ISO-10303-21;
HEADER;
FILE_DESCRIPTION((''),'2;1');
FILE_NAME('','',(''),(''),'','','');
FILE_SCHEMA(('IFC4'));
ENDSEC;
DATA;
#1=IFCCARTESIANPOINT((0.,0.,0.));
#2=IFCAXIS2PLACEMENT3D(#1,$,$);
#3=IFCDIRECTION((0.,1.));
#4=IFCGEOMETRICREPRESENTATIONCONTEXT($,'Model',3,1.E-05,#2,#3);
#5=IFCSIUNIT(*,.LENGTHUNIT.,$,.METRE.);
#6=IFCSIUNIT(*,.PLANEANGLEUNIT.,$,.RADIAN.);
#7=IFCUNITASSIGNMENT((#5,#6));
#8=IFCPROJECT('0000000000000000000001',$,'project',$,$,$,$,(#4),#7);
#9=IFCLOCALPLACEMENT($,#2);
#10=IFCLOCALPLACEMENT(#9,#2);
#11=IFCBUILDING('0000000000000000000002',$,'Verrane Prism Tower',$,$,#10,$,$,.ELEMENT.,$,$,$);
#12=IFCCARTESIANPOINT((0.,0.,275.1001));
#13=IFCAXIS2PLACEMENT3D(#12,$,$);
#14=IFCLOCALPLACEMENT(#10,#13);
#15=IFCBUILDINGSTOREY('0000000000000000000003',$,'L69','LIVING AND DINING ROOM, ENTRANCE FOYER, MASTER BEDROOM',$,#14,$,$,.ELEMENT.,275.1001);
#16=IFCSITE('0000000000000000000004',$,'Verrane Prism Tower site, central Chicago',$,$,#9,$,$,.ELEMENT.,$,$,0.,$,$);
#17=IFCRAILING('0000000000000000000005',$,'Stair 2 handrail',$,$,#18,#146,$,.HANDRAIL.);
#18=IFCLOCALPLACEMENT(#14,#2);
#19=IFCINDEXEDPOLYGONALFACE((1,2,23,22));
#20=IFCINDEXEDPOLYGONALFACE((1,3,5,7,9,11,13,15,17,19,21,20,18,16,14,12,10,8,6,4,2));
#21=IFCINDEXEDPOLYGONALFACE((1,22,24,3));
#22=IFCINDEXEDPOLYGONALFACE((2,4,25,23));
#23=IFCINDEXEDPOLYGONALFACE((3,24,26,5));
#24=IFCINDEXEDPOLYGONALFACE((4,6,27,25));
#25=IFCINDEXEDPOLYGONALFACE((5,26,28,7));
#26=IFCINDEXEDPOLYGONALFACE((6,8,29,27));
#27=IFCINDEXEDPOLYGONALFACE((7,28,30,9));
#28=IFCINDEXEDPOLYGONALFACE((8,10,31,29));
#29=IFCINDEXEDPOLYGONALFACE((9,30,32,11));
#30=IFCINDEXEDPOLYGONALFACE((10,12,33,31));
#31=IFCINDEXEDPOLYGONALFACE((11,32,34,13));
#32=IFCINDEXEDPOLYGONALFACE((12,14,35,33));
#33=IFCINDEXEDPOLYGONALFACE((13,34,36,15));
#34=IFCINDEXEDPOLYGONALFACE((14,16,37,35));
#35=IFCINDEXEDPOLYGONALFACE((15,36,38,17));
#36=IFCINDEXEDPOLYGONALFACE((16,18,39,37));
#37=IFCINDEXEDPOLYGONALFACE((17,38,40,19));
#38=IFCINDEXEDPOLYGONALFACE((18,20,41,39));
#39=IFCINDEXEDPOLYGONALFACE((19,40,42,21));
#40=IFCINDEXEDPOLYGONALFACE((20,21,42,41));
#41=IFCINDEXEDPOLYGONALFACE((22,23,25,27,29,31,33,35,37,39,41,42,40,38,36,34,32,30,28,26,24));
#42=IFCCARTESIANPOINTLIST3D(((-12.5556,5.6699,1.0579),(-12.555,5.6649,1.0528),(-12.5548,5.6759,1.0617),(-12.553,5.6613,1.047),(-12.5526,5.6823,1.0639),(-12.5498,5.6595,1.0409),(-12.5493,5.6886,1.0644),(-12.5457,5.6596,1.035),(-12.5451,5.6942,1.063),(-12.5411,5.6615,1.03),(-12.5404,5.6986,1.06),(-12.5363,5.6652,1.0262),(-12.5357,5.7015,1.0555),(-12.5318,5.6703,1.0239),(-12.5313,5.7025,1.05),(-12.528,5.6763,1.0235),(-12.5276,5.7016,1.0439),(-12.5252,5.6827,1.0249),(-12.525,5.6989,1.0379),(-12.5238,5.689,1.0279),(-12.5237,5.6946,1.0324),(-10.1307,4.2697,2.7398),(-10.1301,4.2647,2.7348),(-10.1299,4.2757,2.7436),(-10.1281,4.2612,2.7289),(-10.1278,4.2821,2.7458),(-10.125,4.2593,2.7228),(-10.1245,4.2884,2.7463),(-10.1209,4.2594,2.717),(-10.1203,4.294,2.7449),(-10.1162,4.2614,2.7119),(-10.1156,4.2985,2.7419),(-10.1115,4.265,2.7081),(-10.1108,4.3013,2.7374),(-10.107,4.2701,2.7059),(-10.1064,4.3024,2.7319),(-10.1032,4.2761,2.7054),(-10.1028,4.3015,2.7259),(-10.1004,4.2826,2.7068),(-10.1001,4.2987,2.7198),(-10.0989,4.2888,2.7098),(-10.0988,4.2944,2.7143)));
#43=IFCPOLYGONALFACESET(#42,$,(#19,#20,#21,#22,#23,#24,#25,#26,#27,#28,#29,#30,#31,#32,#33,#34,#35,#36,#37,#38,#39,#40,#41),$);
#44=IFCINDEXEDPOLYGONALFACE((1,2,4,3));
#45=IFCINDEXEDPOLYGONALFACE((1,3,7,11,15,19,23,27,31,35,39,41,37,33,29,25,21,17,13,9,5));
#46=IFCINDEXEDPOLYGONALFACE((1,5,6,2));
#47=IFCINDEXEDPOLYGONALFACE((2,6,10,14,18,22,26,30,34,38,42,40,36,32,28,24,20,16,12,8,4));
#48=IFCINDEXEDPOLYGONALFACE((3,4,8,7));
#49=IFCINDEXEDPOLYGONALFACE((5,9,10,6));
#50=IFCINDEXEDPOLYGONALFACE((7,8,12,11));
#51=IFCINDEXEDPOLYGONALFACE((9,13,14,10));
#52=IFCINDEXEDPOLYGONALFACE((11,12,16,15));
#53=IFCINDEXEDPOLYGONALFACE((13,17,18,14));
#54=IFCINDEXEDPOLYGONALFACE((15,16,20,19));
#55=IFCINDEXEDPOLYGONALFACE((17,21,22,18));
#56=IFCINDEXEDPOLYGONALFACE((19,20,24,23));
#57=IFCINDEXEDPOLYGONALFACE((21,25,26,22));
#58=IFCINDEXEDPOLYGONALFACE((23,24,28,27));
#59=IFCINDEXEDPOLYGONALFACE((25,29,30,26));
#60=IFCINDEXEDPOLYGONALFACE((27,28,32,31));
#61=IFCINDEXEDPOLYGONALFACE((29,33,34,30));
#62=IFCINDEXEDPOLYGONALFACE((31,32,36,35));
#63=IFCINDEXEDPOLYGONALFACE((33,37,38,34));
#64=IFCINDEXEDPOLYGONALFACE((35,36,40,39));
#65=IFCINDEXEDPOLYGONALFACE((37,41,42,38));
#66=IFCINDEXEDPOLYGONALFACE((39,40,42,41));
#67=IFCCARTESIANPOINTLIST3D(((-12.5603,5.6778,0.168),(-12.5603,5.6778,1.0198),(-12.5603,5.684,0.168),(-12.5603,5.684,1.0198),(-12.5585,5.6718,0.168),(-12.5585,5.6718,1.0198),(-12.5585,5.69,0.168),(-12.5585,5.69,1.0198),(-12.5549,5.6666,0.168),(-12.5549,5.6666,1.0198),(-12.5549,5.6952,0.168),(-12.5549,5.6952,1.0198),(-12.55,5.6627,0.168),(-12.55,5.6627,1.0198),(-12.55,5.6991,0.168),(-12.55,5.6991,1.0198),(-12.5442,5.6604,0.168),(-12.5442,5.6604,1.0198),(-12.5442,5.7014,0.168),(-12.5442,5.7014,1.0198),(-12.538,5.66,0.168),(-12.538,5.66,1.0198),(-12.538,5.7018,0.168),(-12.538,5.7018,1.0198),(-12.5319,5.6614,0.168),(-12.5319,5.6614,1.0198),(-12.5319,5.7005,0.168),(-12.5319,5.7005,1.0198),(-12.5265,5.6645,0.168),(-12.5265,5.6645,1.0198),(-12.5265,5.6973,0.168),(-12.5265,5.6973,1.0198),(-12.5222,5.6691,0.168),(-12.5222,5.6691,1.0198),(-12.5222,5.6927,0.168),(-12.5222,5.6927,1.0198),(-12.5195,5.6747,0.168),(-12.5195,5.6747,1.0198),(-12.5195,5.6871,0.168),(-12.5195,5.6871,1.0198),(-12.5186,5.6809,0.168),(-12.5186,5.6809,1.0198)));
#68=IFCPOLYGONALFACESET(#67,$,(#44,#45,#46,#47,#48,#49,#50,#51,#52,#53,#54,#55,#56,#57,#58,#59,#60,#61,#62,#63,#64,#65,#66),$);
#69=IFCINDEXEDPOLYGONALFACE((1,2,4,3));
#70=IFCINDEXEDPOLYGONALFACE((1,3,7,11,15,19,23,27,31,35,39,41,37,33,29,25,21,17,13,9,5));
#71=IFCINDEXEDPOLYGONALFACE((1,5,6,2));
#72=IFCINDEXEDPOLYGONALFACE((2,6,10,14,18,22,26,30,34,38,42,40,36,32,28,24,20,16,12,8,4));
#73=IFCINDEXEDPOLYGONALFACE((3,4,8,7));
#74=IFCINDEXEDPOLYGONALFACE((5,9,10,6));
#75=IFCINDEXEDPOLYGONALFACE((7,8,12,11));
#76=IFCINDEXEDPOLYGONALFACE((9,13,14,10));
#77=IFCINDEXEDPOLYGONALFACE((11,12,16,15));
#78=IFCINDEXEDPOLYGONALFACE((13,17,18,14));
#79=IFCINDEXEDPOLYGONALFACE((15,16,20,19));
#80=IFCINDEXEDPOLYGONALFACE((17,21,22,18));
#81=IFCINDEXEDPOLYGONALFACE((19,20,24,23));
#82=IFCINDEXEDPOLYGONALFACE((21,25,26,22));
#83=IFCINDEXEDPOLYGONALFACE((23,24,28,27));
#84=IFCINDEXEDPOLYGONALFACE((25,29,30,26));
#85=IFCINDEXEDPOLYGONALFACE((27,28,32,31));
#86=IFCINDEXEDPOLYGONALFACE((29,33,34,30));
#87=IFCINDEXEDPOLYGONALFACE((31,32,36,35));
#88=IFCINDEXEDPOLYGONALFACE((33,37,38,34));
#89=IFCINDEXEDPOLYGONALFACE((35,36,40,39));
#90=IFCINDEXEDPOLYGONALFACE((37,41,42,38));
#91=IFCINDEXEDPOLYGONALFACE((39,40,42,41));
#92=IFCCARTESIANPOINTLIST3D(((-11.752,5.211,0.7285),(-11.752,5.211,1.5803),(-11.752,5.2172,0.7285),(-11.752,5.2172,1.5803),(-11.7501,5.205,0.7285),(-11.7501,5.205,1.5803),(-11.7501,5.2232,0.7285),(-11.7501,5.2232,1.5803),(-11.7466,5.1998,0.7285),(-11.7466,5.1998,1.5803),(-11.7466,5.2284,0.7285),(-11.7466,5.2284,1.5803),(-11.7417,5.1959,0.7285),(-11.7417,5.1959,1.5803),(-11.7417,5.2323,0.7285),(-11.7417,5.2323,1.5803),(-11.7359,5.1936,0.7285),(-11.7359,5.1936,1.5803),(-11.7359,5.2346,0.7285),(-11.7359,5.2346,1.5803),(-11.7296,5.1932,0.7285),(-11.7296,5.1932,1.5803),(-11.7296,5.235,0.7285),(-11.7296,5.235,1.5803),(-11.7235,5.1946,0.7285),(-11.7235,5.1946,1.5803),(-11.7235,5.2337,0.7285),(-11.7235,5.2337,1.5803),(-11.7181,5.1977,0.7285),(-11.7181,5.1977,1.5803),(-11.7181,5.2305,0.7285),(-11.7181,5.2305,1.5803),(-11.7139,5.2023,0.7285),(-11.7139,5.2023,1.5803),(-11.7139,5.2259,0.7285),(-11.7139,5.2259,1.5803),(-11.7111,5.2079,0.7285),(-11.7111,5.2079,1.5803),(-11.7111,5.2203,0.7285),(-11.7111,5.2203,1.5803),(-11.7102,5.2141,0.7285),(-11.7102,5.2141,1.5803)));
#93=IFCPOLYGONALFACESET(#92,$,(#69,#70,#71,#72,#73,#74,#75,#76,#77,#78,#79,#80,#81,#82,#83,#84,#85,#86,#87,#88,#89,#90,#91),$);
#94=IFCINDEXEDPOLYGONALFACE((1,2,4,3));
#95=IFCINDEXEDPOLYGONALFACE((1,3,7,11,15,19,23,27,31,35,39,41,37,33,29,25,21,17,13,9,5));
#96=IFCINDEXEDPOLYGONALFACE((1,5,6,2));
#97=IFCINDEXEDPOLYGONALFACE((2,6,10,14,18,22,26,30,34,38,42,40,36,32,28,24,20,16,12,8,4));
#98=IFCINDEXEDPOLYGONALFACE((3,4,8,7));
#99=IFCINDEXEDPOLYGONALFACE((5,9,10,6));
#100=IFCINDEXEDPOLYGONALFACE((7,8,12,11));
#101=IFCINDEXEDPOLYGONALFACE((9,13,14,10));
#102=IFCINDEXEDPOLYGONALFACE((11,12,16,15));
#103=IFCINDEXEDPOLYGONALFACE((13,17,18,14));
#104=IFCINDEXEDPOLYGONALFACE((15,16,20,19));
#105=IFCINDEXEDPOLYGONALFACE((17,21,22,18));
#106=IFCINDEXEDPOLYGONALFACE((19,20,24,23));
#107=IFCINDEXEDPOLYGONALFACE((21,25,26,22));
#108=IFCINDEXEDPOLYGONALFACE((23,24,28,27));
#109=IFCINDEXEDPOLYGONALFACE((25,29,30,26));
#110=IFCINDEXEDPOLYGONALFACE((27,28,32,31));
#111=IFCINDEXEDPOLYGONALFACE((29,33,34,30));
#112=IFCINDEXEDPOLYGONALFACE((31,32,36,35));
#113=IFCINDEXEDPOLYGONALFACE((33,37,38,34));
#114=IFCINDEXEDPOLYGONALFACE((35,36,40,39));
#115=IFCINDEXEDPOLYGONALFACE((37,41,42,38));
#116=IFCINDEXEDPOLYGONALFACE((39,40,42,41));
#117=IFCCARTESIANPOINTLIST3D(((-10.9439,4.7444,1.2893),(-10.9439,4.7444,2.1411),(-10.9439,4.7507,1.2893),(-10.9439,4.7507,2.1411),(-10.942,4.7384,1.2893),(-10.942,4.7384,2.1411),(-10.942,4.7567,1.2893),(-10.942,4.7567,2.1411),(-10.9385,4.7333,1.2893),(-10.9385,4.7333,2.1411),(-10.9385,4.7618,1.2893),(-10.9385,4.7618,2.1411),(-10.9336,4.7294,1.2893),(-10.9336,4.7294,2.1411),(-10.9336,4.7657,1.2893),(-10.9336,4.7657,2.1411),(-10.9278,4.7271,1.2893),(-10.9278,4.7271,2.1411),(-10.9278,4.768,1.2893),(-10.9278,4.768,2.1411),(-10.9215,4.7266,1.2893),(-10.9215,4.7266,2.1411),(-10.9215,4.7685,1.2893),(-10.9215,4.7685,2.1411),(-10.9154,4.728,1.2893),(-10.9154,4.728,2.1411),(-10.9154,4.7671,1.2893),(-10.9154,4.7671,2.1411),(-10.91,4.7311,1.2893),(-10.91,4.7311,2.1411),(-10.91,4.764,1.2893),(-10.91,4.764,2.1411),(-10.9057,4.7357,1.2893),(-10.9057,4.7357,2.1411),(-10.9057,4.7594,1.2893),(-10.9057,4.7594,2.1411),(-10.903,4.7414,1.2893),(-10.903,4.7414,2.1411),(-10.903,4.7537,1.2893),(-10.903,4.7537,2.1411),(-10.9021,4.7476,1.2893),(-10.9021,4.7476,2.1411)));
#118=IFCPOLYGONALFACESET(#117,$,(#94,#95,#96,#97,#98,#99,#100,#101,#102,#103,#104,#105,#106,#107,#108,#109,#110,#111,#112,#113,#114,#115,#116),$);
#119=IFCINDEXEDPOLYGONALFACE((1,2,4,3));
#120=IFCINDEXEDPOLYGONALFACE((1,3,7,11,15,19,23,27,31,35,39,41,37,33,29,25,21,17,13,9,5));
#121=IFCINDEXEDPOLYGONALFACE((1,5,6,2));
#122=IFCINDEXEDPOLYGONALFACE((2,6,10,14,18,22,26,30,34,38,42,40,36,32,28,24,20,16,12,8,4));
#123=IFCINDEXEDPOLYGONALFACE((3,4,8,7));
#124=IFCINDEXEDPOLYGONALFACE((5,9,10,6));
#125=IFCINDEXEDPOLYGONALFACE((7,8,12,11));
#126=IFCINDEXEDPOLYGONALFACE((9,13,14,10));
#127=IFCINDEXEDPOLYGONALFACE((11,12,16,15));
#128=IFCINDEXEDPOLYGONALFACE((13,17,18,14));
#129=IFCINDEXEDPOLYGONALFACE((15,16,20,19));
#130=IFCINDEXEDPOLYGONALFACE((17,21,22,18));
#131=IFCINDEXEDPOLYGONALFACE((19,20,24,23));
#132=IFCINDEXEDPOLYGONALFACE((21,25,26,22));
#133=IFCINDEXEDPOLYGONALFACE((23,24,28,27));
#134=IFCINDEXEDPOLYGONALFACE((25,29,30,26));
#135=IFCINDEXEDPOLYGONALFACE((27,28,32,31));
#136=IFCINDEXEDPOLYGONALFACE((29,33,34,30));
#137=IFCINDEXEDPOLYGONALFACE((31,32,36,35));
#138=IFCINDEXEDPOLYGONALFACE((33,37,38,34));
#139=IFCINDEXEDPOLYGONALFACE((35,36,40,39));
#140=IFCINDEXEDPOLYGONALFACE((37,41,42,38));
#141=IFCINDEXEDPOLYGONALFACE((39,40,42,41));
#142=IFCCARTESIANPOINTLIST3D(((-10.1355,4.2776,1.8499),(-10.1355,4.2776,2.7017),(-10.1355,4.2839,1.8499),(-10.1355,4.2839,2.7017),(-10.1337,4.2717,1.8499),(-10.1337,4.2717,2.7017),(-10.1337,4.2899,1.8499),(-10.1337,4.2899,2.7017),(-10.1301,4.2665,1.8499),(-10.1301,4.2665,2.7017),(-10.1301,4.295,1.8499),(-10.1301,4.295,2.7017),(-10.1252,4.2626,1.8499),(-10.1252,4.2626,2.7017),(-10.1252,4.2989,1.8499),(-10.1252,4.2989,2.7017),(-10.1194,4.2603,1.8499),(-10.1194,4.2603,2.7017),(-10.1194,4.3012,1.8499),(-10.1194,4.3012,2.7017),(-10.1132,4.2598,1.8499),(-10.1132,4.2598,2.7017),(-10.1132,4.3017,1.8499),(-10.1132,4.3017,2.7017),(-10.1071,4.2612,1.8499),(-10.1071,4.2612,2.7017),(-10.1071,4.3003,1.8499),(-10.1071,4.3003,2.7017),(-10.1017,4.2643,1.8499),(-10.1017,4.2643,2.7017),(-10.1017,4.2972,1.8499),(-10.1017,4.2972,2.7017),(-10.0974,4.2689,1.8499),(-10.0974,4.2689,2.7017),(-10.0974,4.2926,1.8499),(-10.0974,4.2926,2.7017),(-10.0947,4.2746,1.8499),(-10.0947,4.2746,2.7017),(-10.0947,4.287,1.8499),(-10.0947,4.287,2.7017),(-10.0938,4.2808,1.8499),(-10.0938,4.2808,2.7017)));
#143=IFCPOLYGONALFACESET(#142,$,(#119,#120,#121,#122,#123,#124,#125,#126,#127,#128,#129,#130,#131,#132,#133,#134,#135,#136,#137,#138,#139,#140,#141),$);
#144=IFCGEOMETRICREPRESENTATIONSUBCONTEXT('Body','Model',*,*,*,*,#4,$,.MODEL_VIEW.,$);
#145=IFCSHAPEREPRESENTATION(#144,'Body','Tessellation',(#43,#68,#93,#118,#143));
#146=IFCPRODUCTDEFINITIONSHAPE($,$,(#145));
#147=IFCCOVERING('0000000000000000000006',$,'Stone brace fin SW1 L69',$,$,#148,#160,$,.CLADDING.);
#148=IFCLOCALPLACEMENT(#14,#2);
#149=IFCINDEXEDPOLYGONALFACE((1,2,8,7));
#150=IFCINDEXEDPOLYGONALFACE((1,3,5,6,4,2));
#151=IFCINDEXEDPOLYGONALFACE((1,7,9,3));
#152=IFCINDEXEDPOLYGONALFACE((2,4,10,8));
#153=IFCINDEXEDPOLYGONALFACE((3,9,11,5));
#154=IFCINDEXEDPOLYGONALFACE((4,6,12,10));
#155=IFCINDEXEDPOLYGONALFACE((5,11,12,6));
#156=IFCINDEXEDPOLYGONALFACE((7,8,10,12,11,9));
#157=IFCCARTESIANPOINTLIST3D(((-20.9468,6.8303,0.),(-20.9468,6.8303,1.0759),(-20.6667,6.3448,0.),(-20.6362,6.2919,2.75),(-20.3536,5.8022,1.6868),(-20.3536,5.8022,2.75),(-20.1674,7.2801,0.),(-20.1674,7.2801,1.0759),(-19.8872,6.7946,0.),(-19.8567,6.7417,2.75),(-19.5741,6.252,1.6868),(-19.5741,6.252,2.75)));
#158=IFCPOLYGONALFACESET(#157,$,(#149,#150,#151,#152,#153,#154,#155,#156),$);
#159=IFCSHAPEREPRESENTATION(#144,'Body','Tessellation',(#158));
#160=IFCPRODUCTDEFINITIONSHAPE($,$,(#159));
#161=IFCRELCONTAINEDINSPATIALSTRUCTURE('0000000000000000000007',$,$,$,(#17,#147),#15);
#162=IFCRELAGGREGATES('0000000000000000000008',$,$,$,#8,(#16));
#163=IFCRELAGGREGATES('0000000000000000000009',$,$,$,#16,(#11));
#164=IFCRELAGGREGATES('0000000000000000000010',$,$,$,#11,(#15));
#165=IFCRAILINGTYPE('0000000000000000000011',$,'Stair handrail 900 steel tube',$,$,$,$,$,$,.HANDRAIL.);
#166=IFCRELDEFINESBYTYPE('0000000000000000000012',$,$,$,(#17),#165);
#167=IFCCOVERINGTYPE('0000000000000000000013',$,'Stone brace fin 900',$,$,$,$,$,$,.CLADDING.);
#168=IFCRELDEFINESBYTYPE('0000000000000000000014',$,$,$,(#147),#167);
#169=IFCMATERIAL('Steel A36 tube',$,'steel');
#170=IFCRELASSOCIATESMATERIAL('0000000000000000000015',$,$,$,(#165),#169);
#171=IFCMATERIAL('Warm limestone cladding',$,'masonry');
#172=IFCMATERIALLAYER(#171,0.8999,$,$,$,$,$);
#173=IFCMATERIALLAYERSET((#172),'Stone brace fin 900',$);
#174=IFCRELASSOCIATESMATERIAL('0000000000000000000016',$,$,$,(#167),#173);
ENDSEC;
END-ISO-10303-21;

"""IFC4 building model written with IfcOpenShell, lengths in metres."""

from ifc_helpers import new_model, si_unit, direction, frame, origin, origin_2d, place, context, subcontext, project, spatial, polyline, circle, outline, extrude, material, layer, layer_set, type_object, element, save


model = new_model("IFC4")

# Units and contexts
model_context = context("Model", 3, precision=1e-05, world=origin(), true_north=direction((0.0, 1.0)))
body_context = subcontext(model_context, "Body", "Model", "MODEL_VIEW")
ifc_project = project(units=[si_unit("LENGTHUNIT", "METRE"), si_unit("PLANEANGLEUNIT", "RADIAN")], contexts=[model_context])

# Site, building, storey
site_placement = place(None, origin())
site = spatial("IfcSite", under=ifc_project, at=site_placement, Name="Verrane Prism Tower site, central Chicago", CompositionType="ELEMENT", RefElevation=0.0)
building_placement = place(site_placement, origin())
building = spatial("IfcBuilding", under=site, at=building_placement, Name="Verrane Prism Tower", CompositionType="ELEMENT")
storey_placement = place(building_placement, frame((0.0, 0.0, 275.1001)))
storey = spatial("IfcBuildingStorey", under=building, at=storey_placement, Name="L69", Description="LIVING AND DINING ROOM, ENTRANCE FOYER, MASTER BEDROOM", CompositionType="ELEMENT", Elevation=275.1001)

# Railing
ifc_material_1 = material(Name="Steel A36 tube", Category="steel")
railing_type = type_object("IfcRailingType", Name="Stair handrail 900 steel tube", PredefinedType="HANDRAIL", material=ifc_material_1)
railing_placement = place(storey_placement, frame((-12.5396, 5.6809, 0.168)))
element("IfcRailing", 1, at=railing_placement, inside=storey, type_object=railing_type, Name="Stair 2 handrail", PredefinedType="HANDRAIL", context=body_context, shape_type="SweptSolid", body=[
    extrude(circle(Radius=0.0239, at=origin_2d()), frame((0.0, 0.0, 0.876), z_axis=(0.742367, -0.428662, 0.514918), x_axis=(0.50005, 0.865997, 0.0)), (0.0, 0.0, 1.0), 3.2664),
    extrude(circle(Radius=0.021, at=origin_2d()), origin(), (0.0, 0.0, 1.0), 0.8518),
    extrude(circle(Radius=0.021, at=origin_2d()), frame((0.8083, -0.4668, 0.5605)), (0.0, 0.0, 1.0), 0.8518),
    extrude(circle(Radius=0.021, at=origin_2d()), frame((1.6165, -0.9333, 1.1213)), (0.0, 0.0, 1.0), 0.8518),
    extrude(circle(Radius=0.021, at=origin_2d()), frame((2.4248, -1.4001, 1.6819)), (0.0, 0.0, 1.0), 0.8518),
])

# Covering
ifc_material_2 = material(Name="Warm limestone cladding", Category="masonry")
ifc_layer_1 = layer(ifc_material_2, 0.8999)
ifc_layer_set_1 = layer_set([ifc_layer_1], Name="Stone brace fin 900")
covering_type = type_object("IfcCoveringType", Name="Stone brace fin 900", PredefinedType="CLADDING", material=ifc_layer_set_1)
covering_placement = place(storey_placement, frame((-20.5571, 7.0552, 0.0), z_axis=(0.0, 0.0, 1.0), x_axis=(0.499811, -0.866134, 0.0)))
element("IfcCovering", 2, at=covering_placement, inside=storey, type_object=covering_type, Name="Stone brace fin SW1 L69", PredefinedType="CLADDING", context=body_context, shape_type="SweptSolid", body=[
    extrude(outline(polyline([(1.187, 2.75), (0.6216, 2.75), (0.0, 1.0759), (0.0, 0.0), (0.5605, 0.0), (1.187, 1.6868), (1.187, 2.75)])), frame((0.0, 0.45, 0.0), z_axis=(0.0, -1.0, 0.0), x_axis=(1.0, 0.0, 0.0)), (0.0, 0.0, 1.0), 0.8999),
])

save(model, "model.ifc")
